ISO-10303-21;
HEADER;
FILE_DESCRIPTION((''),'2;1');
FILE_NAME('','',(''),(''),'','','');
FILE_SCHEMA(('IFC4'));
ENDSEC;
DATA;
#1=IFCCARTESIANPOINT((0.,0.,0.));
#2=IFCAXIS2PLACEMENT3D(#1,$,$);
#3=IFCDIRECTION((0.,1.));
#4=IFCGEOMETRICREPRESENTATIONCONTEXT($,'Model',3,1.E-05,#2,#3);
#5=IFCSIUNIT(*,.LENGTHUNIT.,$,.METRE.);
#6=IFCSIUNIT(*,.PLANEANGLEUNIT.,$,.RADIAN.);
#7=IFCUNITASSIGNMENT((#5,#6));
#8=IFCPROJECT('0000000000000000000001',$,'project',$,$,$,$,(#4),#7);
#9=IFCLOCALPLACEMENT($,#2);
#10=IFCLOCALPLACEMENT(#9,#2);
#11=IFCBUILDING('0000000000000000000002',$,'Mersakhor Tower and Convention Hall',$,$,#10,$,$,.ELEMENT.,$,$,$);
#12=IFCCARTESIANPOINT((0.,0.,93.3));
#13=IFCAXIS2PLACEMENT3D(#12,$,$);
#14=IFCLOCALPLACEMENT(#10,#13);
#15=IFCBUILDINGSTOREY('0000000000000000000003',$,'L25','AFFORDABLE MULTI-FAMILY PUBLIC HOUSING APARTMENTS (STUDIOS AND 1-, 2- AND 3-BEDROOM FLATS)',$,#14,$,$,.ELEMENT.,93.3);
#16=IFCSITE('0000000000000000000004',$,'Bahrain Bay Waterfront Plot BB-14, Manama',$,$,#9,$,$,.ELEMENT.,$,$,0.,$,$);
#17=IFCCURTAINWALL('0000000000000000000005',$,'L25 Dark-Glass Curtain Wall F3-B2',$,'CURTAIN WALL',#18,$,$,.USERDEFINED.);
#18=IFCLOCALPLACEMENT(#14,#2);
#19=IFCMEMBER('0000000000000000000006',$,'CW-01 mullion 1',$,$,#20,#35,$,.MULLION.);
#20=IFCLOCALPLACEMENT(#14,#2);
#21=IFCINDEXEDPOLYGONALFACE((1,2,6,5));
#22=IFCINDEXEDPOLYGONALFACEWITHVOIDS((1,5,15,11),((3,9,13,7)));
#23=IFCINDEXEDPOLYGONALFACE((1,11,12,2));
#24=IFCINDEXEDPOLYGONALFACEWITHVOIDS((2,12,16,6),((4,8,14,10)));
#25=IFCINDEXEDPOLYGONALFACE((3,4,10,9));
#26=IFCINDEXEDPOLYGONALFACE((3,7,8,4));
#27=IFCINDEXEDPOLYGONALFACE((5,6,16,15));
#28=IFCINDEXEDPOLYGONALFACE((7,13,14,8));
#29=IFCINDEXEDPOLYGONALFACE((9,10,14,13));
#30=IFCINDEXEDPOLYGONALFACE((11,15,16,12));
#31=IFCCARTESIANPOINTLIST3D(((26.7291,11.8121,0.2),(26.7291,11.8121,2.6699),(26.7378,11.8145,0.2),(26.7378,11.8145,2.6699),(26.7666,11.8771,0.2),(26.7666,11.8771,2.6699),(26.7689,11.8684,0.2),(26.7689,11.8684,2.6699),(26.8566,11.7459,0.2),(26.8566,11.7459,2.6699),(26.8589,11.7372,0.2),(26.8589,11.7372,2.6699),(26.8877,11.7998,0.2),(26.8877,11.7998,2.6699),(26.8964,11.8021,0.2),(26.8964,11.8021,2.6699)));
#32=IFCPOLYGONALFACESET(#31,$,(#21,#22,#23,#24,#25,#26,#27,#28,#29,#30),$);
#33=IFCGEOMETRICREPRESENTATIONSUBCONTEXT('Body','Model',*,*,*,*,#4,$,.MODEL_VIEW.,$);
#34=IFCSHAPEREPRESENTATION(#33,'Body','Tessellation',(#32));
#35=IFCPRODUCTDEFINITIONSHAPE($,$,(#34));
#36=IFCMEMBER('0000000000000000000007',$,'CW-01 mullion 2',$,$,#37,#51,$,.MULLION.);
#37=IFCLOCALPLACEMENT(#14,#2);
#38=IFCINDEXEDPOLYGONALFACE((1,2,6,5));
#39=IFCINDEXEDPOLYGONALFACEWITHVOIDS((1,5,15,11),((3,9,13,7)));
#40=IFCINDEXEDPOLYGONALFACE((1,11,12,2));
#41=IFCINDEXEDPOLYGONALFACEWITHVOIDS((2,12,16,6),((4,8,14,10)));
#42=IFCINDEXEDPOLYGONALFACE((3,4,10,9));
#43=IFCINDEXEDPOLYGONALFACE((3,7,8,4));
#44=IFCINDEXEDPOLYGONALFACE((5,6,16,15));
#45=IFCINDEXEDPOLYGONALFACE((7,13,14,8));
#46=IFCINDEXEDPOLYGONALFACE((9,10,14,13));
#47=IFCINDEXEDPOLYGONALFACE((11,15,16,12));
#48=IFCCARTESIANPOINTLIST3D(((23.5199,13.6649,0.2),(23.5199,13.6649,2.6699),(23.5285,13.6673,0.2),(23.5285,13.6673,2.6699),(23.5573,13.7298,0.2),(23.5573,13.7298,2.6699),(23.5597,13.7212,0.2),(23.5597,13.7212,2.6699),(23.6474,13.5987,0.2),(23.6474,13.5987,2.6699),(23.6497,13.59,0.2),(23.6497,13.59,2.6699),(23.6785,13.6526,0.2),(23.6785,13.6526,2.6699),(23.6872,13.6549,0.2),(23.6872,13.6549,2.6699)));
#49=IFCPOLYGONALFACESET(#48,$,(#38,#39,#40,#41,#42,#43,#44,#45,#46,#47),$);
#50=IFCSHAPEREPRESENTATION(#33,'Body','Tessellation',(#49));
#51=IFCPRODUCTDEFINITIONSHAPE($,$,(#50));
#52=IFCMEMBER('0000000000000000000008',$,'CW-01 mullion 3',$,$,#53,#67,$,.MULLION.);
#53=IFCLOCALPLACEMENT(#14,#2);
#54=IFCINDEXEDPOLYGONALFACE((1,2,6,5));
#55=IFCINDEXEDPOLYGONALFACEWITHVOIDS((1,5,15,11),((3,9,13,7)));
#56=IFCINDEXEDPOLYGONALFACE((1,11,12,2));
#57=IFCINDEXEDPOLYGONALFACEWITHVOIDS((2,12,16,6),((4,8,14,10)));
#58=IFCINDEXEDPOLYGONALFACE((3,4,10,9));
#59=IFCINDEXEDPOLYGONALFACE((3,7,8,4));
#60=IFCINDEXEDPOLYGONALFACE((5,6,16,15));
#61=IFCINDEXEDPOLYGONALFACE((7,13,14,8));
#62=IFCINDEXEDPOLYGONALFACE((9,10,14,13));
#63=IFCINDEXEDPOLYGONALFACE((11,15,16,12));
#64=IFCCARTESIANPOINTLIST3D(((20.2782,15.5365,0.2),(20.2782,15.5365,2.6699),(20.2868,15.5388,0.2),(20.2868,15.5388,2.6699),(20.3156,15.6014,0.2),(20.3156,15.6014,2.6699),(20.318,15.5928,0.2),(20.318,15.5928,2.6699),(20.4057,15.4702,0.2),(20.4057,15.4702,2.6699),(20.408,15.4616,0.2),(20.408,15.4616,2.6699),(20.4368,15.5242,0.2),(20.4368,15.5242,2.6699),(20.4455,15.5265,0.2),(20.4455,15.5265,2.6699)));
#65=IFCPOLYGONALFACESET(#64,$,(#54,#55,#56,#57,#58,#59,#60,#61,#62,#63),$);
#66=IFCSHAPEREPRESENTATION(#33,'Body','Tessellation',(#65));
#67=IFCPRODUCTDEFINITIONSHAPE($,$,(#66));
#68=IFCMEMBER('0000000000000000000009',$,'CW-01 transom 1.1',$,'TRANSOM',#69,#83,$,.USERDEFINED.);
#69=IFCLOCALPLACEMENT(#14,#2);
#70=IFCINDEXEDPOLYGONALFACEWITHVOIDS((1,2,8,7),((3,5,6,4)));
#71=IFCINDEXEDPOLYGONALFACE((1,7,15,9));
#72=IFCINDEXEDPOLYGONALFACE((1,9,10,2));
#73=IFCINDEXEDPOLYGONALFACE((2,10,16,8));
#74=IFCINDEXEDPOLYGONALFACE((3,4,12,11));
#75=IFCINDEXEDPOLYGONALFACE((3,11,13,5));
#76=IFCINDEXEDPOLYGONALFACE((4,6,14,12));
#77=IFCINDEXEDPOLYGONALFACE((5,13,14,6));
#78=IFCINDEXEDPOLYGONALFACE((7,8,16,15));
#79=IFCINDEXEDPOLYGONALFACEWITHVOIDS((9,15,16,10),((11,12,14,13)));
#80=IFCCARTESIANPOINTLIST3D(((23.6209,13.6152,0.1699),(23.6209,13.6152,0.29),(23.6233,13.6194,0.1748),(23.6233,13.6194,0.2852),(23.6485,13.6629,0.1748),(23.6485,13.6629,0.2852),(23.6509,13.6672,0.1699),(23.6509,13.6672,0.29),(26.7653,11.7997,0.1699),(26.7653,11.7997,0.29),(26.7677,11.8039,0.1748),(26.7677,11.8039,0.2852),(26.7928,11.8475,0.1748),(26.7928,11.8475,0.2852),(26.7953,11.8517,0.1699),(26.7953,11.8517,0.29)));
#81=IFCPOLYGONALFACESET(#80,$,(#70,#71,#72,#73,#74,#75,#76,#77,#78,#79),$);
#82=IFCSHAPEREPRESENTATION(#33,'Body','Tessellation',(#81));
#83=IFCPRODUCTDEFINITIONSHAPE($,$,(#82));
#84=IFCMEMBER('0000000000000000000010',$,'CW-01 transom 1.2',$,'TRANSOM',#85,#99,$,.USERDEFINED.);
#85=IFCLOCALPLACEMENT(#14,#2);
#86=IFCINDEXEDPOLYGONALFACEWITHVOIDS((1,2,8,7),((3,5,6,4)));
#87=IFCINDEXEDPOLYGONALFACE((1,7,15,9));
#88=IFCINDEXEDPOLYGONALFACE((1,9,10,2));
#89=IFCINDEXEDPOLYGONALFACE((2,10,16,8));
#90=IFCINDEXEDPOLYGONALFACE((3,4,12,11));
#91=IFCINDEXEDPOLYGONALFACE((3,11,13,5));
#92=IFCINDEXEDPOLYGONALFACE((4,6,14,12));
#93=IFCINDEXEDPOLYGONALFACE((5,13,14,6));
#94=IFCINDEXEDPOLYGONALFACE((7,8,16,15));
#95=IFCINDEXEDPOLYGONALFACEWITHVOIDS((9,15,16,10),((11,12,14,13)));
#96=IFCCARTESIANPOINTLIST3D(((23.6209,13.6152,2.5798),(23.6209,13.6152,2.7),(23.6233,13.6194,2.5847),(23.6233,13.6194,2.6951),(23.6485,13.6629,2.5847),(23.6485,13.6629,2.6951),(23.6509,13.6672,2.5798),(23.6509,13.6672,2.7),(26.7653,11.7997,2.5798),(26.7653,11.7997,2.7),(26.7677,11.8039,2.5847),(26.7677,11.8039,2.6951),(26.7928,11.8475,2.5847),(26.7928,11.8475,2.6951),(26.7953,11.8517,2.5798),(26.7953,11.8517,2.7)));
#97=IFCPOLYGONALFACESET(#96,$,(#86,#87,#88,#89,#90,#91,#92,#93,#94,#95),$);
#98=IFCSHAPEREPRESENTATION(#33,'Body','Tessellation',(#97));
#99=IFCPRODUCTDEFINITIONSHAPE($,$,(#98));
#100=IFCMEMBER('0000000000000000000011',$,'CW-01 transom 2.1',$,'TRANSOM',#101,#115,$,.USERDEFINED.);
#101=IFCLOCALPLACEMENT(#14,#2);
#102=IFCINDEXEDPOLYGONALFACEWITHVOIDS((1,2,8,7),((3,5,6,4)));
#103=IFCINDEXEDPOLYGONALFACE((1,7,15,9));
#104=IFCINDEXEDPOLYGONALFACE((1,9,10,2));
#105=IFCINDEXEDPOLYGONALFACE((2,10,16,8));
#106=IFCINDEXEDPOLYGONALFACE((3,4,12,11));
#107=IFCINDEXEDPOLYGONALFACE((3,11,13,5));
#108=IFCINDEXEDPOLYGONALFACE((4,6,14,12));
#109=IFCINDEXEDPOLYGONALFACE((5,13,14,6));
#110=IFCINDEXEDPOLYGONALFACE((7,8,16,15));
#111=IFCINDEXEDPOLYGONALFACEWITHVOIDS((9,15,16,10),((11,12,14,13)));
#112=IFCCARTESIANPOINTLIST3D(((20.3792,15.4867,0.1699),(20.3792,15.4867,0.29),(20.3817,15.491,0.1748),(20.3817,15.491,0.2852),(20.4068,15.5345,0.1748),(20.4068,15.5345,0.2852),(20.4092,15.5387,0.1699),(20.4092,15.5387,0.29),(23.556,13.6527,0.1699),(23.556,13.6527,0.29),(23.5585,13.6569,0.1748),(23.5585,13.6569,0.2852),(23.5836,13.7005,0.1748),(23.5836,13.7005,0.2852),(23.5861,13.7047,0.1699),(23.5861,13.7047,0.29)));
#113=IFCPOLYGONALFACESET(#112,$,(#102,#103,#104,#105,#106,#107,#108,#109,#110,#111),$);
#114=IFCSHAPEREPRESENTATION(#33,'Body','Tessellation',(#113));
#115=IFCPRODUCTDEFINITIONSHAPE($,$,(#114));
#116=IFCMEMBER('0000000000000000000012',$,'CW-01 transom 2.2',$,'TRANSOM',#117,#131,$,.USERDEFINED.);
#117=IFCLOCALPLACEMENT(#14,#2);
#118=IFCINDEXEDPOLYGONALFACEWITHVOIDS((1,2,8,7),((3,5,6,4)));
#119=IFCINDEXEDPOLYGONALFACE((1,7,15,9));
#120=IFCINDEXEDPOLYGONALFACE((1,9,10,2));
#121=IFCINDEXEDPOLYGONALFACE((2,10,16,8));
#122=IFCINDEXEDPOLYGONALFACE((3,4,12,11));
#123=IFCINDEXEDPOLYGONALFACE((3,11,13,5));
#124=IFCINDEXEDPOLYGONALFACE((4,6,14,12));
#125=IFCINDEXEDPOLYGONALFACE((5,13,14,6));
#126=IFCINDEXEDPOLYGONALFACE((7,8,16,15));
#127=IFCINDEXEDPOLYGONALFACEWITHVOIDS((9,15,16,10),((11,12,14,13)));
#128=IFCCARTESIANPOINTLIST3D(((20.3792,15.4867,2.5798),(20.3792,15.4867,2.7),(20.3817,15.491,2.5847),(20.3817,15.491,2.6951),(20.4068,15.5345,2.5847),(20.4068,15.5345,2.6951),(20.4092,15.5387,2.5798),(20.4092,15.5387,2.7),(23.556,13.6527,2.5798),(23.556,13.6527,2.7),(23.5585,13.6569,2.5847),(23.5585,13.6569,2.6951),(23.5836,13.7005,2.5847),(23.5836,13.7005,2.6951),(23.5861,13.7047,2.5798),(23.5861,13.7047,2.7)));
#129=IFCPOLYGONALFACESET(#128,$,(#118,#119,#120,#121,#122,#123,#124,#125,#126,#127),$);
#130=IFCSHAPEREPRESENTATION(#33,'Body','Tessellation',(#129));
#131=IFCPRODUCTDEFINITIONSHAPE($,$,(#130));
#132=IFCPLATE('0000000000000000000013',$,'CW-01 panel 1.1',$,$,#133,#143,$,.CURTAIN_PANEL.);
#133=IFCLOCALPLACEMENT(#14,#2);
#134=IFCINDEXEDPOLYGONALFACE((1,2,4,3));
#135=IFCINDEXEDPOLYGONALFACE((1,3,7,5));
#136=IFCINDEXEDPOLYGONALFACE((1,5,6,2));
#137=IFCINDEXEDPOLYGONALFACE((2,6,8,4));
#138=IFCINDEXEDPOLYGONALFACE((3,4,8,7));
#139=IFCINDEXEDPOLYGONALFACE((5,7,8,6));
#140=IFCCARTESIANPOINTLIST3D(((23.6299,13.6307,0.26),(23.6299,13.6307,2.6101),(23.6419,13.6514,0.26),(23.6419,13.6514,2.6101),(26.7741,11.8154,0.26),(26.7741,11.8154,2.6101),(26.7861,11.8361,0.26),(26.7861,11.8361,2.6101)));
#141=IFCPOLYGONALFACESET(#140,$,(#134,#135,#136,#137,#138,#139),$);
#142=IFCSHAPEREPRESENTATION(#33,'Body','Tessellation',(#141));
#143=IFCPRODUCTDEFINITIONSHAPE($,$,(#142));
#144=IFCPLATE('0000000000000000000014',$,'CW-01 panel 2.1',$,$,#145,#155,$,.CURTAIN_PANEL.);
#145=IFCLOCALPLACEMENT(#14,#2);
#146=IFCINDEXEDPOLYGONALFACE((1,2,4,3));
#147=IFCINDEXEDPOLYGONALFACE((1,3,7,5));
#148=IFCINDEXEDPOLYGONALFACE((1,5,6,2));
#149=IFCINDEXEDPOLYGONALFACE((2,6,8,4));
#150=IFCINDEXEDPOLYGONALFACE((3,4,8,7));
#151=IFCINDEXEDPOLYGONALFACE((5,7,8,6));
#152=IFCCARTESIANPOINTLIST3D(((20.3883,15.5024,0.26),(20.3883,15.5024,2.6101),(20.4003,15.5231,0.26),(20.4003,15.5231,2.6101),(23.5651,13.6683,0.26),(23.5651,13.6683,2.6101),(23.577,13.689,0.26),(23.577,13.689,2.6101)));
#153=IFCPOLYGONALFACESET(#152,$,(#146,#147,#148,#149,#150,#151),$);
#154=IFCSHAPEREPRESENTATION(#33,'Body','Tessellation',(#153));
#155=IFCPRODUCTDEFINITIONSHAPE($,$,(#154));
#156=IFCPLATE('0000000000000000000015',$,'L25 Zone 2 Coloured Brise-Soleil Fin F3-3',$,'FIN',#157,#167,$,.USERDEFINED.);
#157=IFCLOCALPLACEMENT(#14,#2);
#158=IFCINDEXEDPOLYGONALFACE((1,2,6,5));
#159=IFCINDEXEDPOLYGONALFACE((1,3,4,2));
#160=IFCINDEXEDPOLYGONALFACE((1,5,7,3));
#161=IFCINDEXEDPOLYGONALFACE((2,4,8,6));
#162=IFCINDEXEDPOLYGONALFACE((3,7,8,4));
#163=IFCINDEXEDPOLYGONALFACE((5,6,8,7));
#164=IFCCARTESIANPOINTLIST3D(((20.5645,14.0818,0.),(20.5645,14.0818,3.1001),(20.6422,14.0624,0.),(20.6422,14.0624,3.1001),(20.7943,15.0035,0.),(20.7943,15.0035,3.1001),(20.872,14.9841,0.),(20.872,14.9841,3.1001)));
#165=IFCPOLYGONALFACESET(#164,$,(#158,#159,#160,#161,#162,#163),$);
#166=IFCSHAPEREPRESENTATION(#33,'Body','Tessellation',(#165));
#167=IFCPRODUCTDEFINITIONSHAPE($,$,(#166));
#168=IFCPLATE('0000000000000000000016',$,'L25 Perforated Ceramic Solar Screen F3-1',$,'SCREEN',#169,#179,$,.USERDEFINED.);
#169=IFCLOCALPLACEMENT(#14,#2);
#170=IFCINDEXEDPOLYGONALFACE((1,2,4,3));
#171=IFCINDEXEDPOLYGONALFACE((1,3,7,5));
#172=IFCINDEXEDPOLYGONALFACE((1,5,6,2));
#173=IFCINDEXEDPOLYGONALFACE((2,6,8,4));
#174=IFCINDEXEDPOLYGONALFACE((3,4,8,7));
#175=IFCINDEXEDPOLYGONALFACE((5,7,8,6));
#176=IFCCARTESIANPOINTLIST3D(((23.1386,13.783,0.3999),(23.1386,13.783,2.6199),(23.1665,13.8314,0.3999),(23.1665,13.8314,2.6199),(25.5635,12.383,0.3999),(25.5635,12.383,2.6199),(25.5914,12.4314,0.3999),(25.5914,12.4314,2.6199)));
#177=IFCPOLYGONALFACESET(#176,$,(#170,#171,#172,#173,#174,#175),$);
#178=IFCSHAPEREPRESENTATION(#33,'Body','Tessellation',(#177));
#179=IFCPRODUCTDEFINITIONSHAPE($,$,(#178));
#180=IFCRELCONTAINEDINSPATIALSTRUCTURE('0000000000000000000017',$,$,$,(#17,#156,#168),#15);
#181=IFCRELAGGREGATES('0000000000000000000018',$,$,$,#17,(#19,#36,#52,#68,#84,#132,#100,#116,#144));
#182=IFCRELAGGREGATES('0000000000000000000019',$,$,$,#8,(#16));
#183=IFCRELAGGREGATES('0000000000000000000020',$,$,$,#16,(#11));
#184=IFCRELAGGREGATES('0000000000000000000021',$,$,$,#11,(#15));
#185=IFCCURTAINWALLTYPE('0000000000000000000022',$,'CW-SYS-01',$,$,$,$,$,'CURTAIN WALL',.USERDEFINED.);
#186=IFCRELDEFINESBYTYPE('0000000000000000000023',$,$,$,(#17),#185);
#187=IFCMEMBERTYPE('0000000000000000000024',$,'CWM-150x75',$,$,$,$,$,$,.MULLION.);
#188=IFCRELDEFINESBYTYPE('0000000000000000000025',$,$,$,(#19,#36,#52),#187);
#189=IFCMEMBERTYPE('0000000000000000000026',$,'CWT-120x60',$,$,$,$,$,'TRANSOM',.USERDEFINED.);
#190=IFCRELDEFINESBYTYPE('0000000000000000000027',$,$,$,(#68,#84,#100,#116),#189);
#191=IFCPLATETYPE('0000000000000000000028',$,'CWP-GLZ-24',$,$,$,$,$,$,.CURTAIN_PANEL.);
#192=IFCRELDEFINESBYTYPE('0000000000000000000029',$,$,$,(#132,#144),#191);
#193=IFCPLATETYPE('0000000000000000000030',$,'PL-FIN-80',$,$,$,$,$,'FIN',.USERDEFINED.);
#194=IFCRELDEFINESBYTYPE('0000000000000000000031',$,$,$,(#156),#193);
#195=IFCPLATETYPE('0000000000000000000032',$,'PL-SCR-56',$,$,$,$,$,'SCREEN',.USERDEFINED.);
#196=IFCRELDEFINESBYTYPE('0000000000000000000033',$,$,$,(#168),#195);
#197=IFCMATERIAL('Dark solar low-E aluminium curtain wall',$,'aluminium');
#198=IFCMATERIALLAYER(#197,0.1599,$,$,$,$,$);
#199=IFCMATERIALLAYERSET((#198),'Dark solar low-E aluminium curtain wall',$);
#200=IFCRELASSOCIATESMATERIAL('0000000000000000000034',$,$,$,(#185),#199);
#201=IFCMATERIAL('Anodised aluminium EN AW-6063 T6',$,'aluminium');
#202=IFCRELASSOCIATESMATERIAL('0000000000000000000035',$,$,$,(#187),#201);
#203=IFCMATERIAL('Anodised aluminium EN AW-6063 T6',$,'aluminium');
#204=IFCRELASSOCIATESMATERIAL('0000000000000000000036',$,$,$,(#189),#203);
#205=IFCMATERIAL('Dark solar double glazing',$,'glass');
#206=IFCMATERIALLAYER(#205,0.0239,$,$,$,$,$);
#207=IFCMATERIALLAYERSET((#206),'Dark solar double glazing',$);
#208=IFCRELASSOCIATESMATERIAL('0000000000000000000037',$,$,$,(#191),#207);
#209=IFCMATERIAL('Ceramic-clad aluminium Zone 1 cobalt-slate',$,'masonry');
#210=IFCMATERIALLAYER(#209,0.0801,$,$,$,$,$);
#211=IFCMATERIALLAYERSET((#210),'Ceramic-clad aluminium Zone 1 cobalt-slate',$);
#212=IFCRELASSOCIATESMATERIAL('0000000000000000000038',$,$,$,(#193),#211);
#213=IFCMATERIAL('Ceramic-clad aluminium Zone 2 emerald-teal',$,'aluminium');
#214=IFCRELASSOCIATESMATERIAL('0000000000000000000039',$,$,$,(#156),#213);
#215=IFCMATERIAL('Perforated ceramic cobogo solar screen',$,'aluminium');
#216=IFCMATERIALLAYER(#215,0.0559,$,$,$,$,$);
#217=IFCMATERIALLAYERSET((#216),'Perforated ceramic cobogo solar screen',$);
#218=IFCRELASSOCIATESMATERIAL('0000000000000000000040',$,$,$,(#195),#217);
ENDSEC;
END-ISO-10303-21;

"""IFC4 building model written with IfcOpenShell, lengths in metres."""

from ifc_helpers import new_model, si_unit, direction, frame, origin, origin_2d, place, context, subcontext, project, spatial, rectangle, hollow_rectangle, extrude, material, layer, layer_set, material_profile, profile_set, type_object, element, aggregate, save


model = new_model("IFC4")

# Units and contexts
model_context = context("Model", 3, precision=1e-05, world=origin(), true_north=direction((0.0, 1.0)))
body_context = subcontext(model_context, "Body", "Model", "MODEL_VIEW")
ifc_project = project(units=[si_unit("LENGTHUNIT", "METRE"), si_unit("PLANEANGLEUNIT", "RADIAN")], contexts=[model_context])

# Site, building, storey
site_placement = place(None, origin())
site = spatial("IfcSite", under=ifc_project, at=site_placement, Name="Bahrain Bay Waterfront Plot BB-14, Manama", CompositionType="ELEMENT", RefElevation=0.0)
building_placement = place(site_placement, origin())
building = spatial("IfcBuilding", under=site, at=building_placement, Name="Mersakhor Tower and Convention Hall", CompositionType="ELEMENT")
storey_placement = place(building_placement, frame((0.0, 0.0, 93.3)))
storey = spatial("IfcBuildingStorey", under=building, at=storey_placement, Name="L25", Description="AFFORDABLE MULTI-FAMILY PUBLIC HOUSING APARTMENTS (STUDIOS AND 1-, 2- AND 3-BEDROOM FLATS)", CompositionType="ELEMENT", Elevation=93.3)

# Curtain wall, members, plates
ifc_material_1 = material(Name="Dark solar low-E aluminium curtain wall", Category="aluminium")
ifc_layer_1 = layer(ifc_material_1, 0.1599)
ifc_layer_set_1 = layer_set([ifc_layer_1], Name="Dark solar low-E aluminium curtain wall")
curtain_wall_type = type_object("IfcCurtainWallType", Name="CW-SYS-01", ElementType="CURTAIN WALL", PredefinedType="USERDEFINED", material=ifc_layer_set_1)
curtain_wall_placement = place(storey_placement, origin())
curtain_wall = element("IfcCurtainWall", 1, at=curtain_wall_placement, inside=storey, type_object=curtain_wall_type, Name="L25 Dark-Glass Curtain Wall F3-B2", ObjectType="CURTAIN WALL", PredefinedType="USERDEFINED")
ifc_material_2 = material(Name="Anodised aluminium EN AW-6063 T6", Category="aluminium")
ifc_material_profile_1 = material_profile(ifc_material_2, hollow_rectangle(XDim=0.075, YDim=0.1499, WallThickness=0.0063, at=origin_2d()), Name="RHS 150x75x6.3")
ifc_profile_set_1 = profile_set([ifc_material_profile_1], Name="Anodised aluminium EN AW-6063 T6")
member_type_1 = type_object("IfcMemberType", Name="CWM-150x75", PredefinedType="MULLION", material=ifc_profile_set_1)
member_1_placement = place(storey_placement, frame((26.8127, 11.8071, 0.2), z_axis=(0.0, 0.0, 1.0), x_axis=(-0.499998, -0.866027, 0.0)))
member_1 = element("IfcMember", 2, at=member_1_placement, type_object=member_type_1, Name="CW-01 mullion 1", PredefinedType="MULLION", context=body_context, shape_type="SweptSolid", body=[
    extrude(hollow_rectangle(XDim=0.075, YDim=0.1499, WallThickness=0.0063, at=origin_2d()), origin(), (0.0, 0.0, 1.0), 2.47),
])
member_2_placement = place(storey_placement, frame((23.6035, 13.6599, 0.2), z_axis=(0.0, 0.0, 1.0), x_axis=(-0.499998, -0.866027, 0.0)))
member_2 = element("IfcMember", 3, at=member_2_placement, type_object=member_type_1, Name="CW-01 mullion 2", PredefinedType="MULLION", context=body_context, shape_type="SweptSolid", body=[
    extrude(hollow_rectangle(XDim=0.075, YDim=0.1499, WallThickness=0.0063, at=origin_2d()), origin(), (0.0, 0.0, 1.0), 2.47),
])
member_3_placement = place(storey_placement, frame((20.3618, 15.5315, 0.2), z_axis=(0.0, 0.0, 1.0), x_axis=(-0.499998, -0.866027, 0.0)))
member_3 = element("IfcMember", 4, at=member_3_placement, type_object=member_type_1, Name="CW-01 mullion 3", PredefinedType="MULLION", context=body_context, shape_type="SweptSolid", body=[
    extrude(hollow_rectangle(XDim=0.075, YDim=0.1499, WallThickness=0.0063, at=origin_2d()), origin(), (0.0, 0.0, 1.0), 2.47),
])
ifc_material_3 = material(Name="Anodised aluminium EN AW-6063 T6", Category="aluminium")
ifc_material_profile_2 = material_profile(ifc_material_3, hollow_rectangle(XDim=0.0601, YDim=0.1201, WallThickness=0.0049, at=origin_2d()), Name="RHS 120x60x5")
ifc_profile_set_2 = profile_set([ifc_material_profile_2], Name="Anodised aluminium EN AW-6063 T6")
member_type_2 = type_object("IfcMemberType", Name="CWT-120x60", ElementType="TRANSOM", PredefinedType="USERDEFINED", material=ifc_profile_set_2)
member_4_placement = place(storey_placement, frame((26.7803, 11.8257, 0.23), z_axis=(-0.866016, 0.500015, 0.0), x_axis=(-0.500015, -0.866016, 0.0)))
member_4 = element("IfcMember", 5, at=member_4_placement, type_object=member_type_2, Name="CW-01 transom 1.1", ObjectType="TRANSOM", PredefinedType="USERDEFINED", context=body_context, shape_type="SweptSolid", body=[
    extrude(hollow_rectangle(XDim=0.0601, YDim=0.1201, WallThickness=0.0049, at=origin_2d()), origin(), (0.0, 0.0, 1.0), 3.6309),
])
member_5_placement = place(storey_placement, frame((26.7803, 11.8257, 2.6399), z_axis=(-0.866016, 0.500015, 0.0), x_axis=(-0.500015, -0.866016, 0.0)))
member_5 = element("IfcMember", 6, at=member_5_placement, type_object=member_type_2, Name="CW-01 transom 1.2", ObjectType="TRANSOM", PredefinedType="USERDEFINED", context=body_context, shape_type="SweptSolid", body=[
    extrude(hollow_rectangle(XDim=0.0601, YDim=0.1201, WallThickness=0.0049, at=origin_2d()), origin(), (0.0, 0.0, 1.0), 3.6309),
])
member_6_placement = place(storey_placement, frame((23.571, 13.6787, 0.23), z_axis=(-0.866039, 0.499976, 0.0), x_axis=(-0.499976, -0.866039, 0.0)))
member_6 = element("IfcMember", 7, at=member_6_placement, type_object=member_type_2, Name="CW-01 transom 2.1", ObjectType="TRANSOM", PredefinedType="USERDEFINED", context=body_context, shape_type="SweptSolid", body=[
    extrude(hollow_rectangle(XDim=0.0601, YDim=0.1201, WallThickness=0.0049, at=origin_2d()), origin(), (0.0, 0.0, 1.0), 3.6682),
])
member_7_placement = place(storey_placement, frame((23.571, 13.6787, 2.6399), z_axis=(-0.866039, 0.499976, 0.0), x_axis=(-0.499976, -0.866039, 0.0)))
member_7 = element("IfcMember", 8, at=member_7_placement, type_object=member_type_2, Name="CW-01 transom 2.2", ObjectType="TRANSOM", PredefinedType="USERDEFINED", context=body_context, shape_type="SweptSolid", body=[
    extrude(hollow_rectangle(XDim=0.0601, YDim=0.1201, WallThickness=0.0049, at=origin_2d()), origin(), (0.0, 0.0, 1.0), 3.6682),
])
ifc_material_4 = material(Name="Dark solar double glazing", Category="glass")
ifc_layer_2 = layer(ifc_material_4, 0.0239)
ifc_layer_set_2 = layer_set([ifc_layer_2], Name="Dark solar double glazing")
plate_type_1 = type_object("IfcPlateType", Name="CWP-GLZ-24", PredefinedType="CURTAIN_PANEL", material=ifc_layer_set_2)
plate_1_placement = place(storey_placement, frame((25.208, 12.7334, 0.26), z_axis=(0.0, 0.0, 1.0), x_axis=(-0.866027, 0.499998, 0.0)))
plate_1 = element("IfcPlate", 9, at=plate_1_placement, type_object=plate_type_1, Name="CW-01 panel 1.1", PredefinedType="CURTAIN_PANEL", context=body_context, shape_type="SweptSolid", body=[
    extrude(rectangle(XDim=3.6306, YDim=0.0239, at=origin_2d()), origin(), (0.0, 0.0, 1.0), 2.3501),
])
plate_2_placement = place(storey_placement, frame((21.9827, 14.5957, 0.26), z_axis=(0.0, 0.0, 1.0), x_axis=(-0.866027, 0.499998, 0.0)))
plate_2 = element("IfcPlate", 10, at=plate_2_placement, type_object=plate_type_1, Name="CW-01 panel 2.1", PredefinedType="CURTAIN_PANEL", context=body_context, shape_type="SweptSolid", body=[
    extrude(rectangle(XDim=3.6682, YDim=0.0239, at=origin_2d()), origin(), (0.0, 0.0, 1.0), 2.3501),
])
aggregate(curtain_wall, [member_1, member_2, member_3, member_4, member_5, plate_1, member_6, member_7, plate_2])

# Plates
ifc_material_5 = material(Name="Ceramic-clad aluminium Zone 2 emerald-teal", Category="aluminium")
ifc_material_6 = material(Name="Ceramic-clad aluminium Zone 1 cobalt-slate", Category="masonry")
ifc_layer_3 = layer(ifc_material_6, 0.0801)
ifc_layer_set_3 = layer_set([ifc_layer_3], Name="Ceramic-clad aluminium Zone 1 cobalt-slate")
plate_type_2 = type_object("IfcPlateType", Name="PL-FIN-80", ElementType="FIN", PredefinedType="USERDEFINED", material=ifc_layer_set_3)
plate_3_placement = place(storey_placement, frame((20.7183, 14.533, 0.0), z_axis=(0.0, 0.0, 1.0), x_axis=(-0.241922, -0.970296, 0.0)))
element("IfcPlate", 11, at=plate_3_placement, inside=storey, type_object=plate_type_2, material=ifc_material_5, Name="L25 Zone 2 Coloured Brise-Soleil Fin F3-3", ObjectType="FIN", PredefinedType="USERDEFINED", context=body_context, shape_type="SweptSolid", body=[
    extrude(rectangle(XDim=0.95, YDim=0.0801, at=origin_2d()), origin(), (0.0, 0.0, 1.0), 3.1001),
])
ifc_material_7 = material(Name="Perforated ceramic cobogo solar screen", Category="aluminium")
ifc_layer_4 = layer(ifc_material_7, 0.0559)
ifc_layer_set_4 = layer_set([ifc_layer_4], Name="Perforated ceramic cobogo solar screen")
plate_type_3 = type_object("IfcPlateType", Name="PL-SCR-56", ElementType="SCREEN", PredefinedType="USERDEFINED", material=ifc_layer_set_4)
plate_4_placement = place(storey_placement, frame((24.365, 13.1072, 0.3999), z_axis=(0.0, 0.0, 1.0), x_axis=(-0.866025, 0.5, 0.0)))
element("IfcPlate", 12, at=plate_4_placement, inside=storey, type_object=plate_type_3, Name="L25 Perforated Ceramic Solar Screen F3-1", ObjectType="SCREEN", PredefinedType="USERDEFINED", context=body_context, shape_type="SweptSolid", body=[
    extrude(rectangle(XDim=2.8, YDim=0.0559, at=origin_2d()), origin(), (0.0, 0.0, 1.0), 2.22),
])

save(model, "model.ifc")
